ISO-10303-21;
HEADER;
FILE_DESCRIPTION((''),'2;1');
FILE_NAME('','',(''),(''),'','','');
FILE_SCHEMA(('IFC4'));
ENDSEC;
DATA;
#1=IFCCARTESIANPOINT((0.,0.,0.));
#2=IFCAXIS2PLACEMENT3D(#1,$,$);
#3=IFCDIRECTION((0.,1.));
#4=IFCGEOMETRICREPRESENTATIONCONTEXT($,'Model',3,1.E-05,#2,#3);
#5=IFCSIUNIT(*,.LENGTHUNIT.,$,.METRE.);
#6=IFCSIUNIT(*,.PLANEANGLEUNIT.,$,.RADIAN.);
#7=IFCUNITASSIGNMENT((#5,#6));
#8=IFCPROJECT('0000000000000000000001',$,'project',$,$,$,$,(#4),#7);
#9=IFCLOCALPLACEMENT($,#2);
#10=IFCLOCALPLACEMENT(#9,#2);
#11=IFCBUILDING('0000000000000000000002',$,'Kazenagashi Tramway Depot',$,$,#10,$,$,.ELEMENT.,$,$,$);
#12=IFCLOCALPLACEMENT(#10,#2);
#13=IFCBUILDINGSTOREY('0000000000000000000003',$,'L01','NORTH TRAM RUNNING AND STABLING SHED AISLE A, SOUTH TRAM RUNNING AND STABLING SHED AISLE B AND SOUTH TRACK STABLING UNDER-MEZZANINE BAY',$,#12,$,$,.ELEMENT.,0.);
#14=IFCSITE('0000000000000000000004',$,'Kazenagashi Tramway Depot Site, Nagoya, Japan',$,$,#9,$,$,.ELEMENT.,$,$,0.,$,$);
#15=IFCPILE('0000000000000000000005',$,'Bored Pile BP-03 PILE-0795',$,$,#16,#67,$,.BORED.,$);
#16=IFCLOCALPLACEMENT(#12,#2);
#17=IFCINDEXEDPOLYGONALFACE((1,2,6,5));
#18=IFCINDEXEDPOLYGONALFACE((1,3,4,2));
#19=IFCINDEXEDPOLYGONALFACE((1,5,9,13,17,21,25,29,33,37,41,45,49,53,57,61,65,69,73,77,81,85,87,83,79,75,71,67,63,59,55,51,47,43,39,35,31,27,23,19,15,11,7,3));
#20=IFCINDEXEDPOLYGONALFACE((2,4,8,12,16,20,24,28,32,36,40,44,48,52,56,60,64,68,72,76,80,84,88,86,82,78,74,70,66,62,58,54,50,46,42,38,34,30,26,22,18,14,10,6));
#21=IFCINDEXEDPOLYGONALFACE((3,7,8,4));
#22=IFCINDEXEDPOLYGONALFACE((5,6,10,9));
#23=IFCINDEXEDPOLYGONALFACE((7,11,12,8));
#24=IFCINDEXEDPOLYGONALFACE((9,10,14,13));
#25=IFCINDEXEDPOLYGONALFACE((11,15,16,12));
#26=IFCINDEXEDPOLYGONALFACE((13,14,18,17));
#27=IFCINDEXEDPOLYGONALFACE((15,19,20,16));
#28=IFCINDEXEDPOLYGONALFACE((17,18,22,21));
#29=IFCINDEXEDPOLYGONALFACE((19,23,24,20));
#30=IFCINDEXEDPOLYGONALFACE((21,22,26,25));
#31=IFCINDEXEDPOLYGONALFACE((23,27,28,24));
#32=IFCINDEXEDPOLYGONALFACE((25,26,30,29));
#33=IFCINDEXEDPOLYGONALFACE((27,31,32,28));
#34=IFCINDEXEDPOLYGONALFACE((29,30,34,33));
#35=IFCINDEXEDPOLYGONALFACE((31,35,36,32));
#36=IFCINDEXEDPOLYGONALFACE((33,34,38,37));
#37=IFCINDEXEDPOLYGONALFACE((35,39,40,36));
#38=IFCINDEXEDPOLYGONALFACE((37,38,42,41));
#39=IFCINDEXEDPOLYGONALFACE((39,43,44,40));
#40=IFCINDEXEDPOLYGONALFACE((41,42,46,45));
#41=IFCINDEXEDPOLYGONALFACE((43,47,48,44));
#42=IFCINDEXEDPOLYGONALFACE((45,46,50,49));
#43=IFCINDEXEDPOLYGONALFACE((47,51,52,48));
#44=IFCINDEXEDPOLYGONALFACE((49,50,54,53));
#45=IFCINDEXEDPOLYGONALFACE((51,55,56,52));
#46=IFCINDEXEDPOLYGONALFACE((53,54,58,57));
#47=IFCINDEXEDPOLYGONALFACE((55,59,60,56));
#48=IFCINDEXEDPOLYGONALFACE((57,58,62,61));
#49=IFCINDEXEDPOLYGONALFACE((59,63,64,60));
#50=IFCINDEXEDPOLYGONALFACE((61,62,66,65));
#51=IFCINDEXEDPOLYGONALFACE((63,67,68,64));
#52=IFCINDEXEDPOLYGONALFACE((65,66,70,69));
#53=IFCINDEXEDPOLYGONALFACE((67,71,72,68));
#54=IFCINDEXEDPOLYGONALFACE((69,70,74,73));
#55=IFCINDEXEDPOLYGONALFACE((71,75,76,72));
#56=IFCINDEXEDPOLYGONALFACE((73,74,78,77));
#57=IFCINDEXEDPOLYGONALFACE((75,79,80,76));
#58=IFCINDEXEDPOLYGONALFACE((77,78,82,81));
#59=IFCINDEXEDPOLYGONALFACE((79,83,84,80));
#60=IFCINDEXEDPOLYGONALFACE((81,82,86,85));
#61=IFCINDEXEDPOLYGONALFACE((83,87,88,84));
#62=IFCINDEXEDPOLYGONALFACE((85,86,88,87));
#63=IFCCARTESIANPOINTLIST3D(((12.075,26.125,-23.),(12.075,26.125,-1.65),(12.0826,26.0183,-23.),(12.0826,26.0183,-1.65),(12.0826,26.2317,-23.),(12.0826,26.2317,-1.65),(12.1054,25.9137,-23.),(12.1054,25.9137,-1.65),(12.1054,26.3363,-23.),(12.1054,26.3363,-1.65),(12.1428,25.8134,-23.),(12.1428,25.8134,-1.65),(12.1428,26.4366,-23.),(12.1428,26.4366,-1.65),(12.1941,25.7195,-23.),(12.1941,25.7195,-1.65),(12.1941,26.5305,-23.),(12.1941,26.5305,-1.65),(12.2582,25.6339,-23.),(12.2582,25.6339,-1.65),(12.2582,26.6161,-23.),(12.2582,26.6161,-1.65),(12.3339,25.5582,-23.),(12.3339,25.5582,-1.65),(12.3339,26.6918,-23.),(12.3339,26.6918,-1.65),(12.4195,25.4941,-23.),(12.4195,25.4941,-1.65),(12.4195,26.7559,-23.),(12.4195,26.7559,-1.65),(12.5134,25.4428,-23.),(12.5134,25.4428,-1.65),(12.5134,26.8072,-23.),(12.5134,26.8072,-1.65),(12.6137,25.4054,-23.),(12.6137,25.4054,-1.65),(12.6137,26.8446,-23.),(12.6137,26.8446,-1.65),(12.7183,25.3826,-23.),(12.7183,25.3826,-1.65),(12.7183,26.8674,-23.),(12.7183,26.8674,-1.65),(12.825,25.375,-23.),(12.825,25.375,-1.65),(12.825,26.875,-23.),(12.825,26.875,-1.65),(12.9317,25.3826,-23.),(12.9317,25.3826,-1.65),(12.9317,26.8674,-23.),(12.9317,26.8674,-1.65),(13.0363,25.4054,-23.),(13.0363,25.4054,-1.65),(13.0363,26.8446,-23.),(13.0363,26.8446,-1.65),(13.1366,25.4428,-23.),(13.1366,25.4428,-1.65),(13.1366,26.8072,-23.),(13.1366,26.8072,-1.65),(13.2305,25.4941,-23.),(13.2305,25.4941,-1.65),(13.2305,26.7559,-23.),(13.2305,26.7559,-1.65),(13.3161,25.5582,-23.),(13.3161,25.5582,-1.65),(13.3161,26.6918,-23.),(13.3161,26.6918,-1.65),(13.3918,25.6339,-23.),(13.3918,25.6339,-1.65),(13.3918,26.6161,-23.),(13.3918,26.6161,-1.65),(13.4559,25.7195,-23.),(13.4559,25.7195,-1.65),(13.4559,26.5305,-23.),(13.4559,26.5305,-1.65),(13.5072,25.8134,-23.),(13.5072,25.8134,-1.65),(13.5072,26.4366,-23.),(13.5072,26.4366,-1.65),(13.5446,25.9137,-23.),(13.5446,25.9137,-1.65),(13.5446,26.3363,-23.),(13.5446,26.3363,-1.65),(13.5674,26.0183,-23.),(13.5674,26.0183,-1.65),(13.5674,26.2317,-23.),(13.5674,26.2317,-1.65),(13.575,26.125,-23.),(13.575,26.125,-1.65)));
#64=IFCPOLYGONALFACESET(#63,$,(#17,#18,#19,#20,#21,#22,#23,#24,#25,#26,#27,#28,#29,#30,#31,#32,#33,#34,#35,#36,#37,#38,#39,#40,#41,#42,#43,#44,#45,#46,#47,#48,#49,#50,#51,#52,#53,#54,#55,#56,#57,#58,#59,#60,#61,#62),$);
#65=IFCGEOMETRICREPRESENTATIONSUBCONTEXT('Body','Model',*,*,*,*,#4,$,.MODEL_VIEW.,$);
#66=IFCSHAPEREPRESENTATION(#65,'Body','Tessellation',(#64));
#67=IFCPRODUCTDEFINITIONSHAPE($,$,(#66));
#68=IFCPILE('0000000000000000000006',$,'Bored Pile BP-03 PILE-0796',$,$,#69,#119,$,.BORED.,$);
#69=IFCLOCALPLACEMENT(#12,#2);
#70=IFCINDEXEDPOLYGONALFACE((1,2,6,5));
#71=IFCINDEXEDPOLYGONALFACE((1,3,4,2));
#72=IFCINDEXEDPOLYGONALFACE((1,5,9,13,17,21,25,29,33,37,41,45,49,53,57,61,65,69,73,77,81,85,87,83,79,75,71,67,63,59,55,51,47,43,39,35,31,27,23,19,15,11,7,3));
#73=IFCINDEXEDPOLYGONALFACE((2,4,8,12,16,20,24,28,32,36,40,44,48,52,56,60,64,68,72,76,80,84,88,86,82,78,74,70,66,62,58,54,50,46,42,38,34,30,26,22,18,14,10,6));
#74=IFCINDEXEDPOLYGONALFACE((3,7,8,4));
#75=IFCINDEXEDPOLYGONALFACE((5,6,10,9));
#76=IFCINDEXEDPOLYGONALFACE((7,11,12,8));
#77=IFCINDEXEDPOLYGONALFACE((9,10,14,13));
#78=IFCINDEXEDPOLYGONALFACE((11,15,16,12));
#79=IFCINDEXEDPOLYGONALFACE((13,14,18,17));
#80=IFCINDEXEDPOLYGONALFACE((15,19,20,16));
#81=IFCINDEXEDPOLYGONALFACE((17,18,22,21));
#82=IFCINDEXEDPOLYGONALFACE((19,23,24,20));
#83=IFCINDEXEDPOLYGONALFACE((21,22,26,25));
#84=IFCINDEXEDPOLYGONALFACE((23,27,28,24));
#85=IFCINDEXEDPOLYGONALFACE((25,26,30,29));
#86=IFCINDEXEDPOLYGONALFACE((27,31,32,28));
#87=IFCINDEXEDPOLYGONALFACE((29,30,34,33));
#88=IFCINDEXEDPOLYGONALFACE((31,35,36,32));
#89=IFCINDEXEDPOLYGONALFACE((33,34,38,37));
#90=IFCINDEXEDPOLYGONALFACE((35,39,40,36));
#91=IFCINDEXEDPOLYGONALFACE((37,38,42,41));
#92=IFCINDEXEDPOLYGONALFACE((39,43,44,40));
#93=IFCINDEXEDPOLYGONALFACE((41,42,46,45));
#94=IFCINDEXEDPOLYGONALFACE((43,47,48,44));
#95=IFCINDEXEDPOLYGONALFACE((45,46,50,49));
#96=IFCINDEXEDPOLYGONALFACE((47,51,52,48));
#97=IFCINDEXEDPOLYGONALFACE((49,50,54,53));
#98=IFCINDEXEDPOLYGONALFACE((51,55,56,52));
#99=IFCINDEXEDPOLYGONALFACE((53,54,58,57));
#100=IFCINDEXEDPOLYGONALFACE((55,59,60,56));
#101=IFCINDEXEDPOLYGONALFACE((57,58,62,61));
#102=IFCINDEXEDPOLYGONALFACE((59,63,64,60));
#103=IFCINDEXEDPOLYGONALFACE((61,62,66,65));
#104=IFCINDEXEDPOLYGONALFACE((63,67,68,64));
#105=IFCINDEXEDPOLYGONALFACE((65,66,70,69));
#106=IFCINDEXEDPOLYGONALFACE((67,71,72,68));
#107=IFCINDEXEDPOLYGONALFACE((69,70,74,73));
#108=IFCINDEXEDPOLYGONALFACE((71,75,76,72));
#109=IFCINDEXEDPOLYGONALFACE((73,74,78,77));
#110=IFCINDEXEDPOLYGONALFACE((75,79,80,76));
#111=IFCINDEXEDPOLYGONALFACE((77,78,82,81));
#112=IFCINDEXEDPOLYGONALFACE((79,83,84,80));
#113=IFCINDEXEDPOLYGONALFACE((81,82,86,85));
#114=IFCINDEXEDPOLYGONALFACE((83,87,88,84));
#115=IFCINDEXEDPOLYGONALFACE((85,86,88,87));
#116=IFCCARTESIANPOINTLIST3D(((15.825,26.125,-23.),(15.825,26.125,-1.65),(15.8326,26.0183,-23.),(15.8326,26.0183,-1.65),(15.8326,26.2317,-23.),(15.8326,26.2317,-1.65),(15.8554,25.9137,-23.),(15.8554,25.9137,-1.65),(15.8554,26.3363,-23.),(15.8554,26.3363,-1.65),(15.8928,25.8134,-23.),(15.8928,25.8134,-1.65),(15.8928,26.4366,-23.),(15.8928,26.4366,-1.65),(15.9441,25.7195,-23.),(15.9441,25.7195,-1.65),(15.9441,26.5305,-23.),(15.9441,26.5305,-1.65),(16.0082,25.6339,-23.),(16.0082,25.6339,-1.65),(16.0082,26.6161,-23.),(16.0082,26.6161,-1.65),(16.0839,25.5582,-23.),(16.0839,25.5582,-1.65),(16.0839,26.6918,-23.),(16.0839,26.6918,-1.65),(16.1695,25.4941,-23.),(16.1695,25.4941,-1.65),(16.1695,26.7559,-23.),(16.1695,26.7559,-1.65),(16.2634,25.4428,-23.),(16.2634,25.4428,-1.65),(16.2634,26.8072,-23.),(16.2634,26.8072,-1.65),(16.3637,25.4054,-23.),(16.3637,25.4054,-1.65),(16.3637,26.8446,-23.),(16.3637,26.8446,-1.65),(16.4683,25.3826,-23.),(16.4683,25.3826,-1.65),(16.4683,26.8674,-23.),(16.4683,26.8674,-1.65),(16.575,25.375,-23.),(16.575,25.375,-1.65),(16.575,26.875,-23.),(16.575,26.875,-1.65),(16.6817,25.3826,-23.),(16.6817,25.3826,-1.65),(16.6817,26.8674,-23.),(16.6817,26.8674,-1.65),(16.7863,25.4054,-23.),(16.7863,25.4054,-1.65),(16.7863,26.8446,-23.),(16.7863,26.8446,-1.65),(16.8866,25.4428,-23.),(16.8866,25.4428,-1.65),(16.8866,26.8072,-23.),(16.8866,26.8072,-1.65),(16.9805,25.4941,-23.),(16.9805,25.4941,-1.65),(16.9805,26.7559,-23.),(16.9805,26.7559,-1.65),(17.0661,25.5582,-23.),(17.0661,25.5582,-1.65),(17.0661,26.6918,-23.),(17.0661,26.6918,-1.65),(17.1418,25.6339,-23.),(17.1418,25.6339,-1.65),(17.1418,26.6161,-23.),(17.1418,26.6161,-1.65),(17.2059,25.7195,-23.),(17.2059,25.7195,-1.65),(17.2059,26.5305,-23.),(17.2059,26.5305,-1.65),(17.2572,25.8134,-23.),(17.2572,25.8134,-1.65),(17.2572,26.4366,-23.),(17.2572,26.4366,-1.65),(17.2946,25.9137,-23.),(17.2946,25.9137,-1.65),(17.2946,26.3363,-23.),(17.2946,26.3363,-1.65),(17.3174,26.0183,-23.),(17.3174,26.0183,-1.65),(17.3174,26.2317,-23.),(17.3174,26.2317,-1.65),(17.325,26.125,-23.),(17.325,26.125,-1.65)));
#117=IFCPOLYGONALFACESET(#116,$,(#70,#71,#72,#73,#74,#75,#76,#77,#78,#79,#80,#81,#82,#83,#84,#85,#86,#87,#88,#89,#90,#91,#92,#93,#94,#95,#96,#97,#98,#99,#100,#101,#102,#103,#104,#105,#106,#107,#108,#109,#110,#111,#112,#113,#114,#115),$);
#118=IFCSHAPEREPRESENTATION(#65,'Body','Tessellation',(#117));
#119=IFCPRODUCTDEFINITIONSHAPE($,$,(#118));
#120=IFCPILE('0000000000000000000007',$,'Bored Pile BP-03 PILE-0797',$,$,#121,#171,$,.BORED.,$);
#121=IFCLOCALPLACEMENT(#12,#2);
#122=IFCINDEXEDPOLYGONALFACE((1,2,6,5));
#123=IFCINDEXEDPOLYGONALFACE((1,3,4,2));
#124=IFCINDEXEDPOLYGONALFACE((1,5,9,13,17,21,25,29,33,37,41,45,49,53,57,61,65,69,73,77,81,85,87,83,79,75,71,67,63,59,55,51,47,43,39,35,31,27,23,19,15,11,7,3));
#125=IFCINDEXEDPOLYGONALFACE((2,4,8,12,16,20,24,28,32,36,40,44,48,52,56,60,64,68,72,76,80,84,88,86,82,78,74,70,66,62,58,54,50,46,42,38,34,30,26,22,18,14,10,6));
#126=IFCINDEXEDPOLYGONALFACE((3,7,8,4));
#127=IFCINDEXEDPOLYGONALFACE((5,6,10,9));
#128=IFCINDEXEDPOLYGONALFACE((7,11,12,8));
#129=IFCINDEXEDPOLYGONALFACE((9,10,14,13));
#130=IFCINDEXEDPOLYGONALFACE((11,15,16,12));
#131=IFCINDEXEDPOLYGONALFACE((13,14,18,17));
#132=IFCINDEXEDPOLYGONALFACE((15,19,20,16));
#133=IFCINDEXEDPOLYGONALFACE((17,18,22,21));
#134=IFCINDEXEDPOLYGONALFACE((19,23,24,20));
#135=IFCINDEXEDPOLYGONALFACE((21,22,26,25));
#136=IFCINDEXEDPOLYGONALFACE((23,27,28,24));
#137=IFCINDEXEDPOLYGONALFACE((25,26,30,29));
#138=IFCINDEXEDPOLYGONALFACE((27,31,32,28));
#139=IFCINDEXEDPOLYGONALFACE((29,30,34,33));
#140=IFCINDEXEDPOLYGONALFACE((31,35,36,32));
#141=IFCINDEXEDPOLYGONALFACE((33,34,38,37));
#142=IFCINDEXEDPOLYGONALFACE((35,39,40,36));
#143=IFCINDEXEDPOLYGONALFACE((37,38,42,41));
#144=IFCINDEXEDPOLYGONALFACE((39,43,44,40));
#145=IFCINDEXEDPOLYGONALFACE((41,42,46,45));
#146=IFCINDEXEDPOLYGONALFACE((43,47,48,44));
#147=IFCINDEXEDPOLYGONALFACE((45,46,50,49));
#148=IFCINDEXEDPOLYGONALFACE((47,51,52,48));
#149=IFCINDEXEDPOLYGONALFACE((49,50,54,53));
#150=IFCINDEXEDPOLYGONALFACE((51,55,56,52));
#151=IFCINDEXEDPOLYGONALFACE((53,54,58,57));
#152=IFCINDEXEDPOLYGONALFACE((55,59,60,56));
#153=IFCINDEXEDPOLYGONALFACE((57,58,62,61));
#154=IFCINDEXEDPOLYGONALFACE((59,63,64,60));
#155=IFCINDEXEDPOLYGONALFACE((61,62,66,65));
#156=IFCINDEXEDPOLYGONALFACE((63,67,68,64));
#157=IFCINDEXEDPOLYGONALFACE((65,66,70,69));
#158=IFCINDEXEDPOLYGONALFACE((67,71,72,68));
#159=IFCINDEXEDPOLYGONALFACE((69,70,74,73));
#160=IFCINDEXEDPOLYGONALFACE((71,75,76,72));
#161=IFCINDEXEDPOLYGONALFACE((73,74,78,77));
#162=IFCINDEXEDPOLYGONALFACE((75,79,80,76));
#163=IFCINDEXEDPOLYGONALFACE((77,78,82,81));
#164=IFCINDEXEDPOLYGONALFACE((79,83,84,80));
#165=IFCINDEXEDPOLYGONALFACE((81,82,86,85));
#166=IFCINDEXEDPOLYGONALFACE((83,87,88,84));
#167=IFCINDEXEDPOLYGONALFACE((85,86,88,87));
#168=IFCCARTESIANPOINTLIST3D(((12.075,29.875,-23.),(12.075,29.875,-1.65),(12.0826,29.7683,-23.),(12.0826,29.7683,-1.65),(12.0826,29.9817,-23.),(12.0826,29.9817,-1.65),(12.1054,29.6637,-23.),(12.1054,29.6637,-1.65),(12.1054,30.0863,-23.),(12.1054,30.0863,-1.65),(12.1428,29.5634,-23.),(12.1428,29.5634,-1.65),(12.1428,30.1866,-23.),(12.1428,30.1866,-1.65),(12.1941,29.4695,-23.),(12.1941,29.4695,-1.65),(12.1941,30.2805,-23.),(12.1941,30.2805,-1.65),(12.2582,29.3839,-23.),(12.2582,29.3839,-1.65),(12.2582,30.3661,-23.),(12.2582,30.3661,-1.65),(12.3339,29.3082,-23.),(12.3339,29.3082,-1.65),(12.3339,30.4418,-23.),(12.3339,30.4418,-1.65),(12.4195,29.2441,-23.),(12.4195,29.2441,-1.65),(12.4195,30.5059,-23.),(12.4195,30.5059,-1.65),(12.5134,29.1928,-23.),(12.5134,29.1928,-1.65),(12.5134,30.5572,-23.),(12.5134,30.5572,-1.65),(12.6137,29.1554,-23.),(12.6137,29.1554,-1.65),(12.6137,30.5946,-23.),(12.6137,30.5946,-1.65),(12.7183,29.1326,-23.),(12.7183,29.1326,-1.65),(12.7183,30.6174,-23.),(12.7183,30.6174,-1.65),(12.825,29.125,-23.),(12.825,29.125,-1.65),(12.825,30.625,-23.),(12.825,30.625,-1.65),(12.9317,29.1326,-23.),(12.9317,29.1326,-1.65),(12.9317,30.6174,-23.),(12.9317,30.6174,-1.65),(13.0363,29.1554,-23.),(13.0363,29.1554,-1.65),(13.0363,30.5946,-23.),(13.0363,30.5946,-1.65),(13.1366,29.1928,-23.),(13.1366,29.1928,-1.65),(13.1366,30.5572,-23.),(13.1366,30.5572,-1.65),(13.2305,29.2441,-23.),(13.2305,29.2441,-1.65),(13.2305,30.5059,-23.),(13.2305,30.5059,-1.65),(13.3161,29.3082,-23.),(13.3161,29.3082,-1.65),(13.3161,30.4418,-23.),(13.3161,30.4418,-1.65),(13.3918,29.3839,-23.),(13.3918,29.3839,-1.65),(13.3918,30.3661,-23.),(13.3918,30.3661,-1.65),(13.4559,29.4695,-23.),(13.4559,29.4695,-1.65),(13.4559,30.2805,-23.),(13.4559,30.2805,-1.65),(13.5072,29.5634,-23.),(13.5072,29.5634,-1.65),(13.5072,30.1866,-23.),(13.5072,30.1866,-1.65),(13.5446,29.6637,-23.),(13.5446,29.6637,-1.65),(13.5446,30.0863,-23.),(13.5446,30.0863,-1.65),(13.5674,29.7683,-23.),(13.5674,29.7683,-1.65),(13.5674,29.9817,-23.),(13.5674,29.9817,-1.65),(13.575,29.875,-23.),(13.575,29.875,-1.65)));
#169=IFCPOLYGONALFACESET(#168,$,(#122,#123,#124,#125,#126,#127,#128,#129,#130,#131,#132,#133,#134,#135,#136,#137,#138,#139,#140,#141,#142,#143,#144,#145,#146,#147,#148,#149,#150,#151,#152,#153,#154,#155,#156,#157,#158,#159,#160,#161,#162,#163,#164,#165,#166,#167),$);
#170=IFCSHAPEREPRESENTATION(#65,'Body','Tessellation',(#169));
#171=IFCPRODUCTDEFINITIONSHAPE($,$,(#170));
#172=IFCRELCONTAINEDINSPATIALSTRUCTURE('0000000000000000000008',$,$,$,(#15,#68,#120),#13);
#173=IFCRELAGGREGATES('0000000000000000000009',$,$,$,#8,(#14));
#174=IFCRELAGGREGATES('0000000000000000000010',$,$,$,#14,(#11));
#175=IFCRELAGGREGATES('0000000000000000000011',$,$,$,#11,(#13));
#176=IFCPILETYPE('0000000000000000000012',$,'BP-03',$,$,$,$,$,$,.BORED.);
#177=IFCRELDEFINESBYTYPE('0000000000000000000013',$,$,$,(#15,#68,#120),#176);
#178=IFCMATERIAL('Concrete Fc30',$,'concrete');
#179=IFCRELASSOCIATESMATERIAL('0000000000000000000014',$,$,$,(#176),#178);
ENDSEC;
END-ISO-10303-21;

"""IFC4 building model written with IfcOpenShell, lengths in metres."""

from ifc_helpers import new_model, si_unit, direction, frame, origin, origin_2d, place, context, subcontext, project, spatial, circle, extrude, material, material_profile, profile_set, type_object, element, save


model = new_model("IFC4")

# Units and contexts
model_context = context("Model", 3, precision=1e-05, world=origin(), true_north=direction((0.0, 1.0)))
body_context = subcontext(model_context, "Body", "Model", "MODEL_VIEW")
ifc_project = project(units=[si_unit("LENGTHUNIT", "METRE"), si_unit("PLANEANGLEUNIT", "RADIAN")], contexts=[model_context])

# Site, building, storey
site_placement = place(None, origin())
site = spatial("IfcSite", under=ifc_project, at=site_placement, Name="Kazenagashi Tramway Depot Site, Nagoya, Japan", CompositionType="ELEMENT", RefElevation=0.0)
building_placement = place(site_placement, origin())
building = spatial("IfcBuilding", under=site, at=building_placement, Name="Kazenagashi Tramway Depot", CompositionType="ELEMENT")
storey_placement = place(building_placement, origin())
storey = spatial("IfcBuildingStorey", under=building, at=storey_placement, Name="L01", Description="NORTH TRAM RUNNING AND STABLING SHED AISLE A, SOUTH TRAM RUNNING AND STABLING SHED AISLE B AND SOUTH TRACK STABLING UNDER-MEZZANINE BAY", CompositionType="ELEMENT", Elevation=0.0)

# Piles
ifc_material_1 = material(Name="Concrete Fc30", Category="concrete")
ifc_material_profile_1 = material_profile(ifc_material_1, circle(Radius=0.75, at=origin_2d()), Name="PILE-1500")
ifc_profile_set_1 = profile_set([ifc_material_profile_1], Name="Concrete Fc30")
pile_type = type_object("IfcPileType", Name="BP-03", PredefinedType="BORED", material=ifc_profile_set_1)
for number, where, z_axis, x_axis, name in (
    (1, (12.825, 26.125, -1.65), (0.0, 0.0, -1.0), (1.0, 0.0, 0.0), "Bored Pile BP-03 PILE-0795"),
    (2, (16.575, 26.125, -1.65), (0.0, 0.0, -1.0), (1.0, 0.0, 0.0), "Bored Pile BP-03 PILE-0796"),
    (3, (12.825, 29.875, -1.65), (0.0, 0.0, -1.0), (1.0, 0.0, 0.0), "Bored Pile BP-03 PILE-0797"),
):
    element("IfcPile", number, at=place(storey_placement, frame(where, z_axis=z_axis, x_axis=x_axis)), inside=storey, type_object=pile_type, Name=name, PredefinedType="BORED", context=body_context, shape_type="SweptSolid", body=[
        extrude(circle(Radius=0.75, at=origin_2d()), origin(), (0.0, 0.0, 1.0), 21.35),
    ])

save(model, "model.ifc")
